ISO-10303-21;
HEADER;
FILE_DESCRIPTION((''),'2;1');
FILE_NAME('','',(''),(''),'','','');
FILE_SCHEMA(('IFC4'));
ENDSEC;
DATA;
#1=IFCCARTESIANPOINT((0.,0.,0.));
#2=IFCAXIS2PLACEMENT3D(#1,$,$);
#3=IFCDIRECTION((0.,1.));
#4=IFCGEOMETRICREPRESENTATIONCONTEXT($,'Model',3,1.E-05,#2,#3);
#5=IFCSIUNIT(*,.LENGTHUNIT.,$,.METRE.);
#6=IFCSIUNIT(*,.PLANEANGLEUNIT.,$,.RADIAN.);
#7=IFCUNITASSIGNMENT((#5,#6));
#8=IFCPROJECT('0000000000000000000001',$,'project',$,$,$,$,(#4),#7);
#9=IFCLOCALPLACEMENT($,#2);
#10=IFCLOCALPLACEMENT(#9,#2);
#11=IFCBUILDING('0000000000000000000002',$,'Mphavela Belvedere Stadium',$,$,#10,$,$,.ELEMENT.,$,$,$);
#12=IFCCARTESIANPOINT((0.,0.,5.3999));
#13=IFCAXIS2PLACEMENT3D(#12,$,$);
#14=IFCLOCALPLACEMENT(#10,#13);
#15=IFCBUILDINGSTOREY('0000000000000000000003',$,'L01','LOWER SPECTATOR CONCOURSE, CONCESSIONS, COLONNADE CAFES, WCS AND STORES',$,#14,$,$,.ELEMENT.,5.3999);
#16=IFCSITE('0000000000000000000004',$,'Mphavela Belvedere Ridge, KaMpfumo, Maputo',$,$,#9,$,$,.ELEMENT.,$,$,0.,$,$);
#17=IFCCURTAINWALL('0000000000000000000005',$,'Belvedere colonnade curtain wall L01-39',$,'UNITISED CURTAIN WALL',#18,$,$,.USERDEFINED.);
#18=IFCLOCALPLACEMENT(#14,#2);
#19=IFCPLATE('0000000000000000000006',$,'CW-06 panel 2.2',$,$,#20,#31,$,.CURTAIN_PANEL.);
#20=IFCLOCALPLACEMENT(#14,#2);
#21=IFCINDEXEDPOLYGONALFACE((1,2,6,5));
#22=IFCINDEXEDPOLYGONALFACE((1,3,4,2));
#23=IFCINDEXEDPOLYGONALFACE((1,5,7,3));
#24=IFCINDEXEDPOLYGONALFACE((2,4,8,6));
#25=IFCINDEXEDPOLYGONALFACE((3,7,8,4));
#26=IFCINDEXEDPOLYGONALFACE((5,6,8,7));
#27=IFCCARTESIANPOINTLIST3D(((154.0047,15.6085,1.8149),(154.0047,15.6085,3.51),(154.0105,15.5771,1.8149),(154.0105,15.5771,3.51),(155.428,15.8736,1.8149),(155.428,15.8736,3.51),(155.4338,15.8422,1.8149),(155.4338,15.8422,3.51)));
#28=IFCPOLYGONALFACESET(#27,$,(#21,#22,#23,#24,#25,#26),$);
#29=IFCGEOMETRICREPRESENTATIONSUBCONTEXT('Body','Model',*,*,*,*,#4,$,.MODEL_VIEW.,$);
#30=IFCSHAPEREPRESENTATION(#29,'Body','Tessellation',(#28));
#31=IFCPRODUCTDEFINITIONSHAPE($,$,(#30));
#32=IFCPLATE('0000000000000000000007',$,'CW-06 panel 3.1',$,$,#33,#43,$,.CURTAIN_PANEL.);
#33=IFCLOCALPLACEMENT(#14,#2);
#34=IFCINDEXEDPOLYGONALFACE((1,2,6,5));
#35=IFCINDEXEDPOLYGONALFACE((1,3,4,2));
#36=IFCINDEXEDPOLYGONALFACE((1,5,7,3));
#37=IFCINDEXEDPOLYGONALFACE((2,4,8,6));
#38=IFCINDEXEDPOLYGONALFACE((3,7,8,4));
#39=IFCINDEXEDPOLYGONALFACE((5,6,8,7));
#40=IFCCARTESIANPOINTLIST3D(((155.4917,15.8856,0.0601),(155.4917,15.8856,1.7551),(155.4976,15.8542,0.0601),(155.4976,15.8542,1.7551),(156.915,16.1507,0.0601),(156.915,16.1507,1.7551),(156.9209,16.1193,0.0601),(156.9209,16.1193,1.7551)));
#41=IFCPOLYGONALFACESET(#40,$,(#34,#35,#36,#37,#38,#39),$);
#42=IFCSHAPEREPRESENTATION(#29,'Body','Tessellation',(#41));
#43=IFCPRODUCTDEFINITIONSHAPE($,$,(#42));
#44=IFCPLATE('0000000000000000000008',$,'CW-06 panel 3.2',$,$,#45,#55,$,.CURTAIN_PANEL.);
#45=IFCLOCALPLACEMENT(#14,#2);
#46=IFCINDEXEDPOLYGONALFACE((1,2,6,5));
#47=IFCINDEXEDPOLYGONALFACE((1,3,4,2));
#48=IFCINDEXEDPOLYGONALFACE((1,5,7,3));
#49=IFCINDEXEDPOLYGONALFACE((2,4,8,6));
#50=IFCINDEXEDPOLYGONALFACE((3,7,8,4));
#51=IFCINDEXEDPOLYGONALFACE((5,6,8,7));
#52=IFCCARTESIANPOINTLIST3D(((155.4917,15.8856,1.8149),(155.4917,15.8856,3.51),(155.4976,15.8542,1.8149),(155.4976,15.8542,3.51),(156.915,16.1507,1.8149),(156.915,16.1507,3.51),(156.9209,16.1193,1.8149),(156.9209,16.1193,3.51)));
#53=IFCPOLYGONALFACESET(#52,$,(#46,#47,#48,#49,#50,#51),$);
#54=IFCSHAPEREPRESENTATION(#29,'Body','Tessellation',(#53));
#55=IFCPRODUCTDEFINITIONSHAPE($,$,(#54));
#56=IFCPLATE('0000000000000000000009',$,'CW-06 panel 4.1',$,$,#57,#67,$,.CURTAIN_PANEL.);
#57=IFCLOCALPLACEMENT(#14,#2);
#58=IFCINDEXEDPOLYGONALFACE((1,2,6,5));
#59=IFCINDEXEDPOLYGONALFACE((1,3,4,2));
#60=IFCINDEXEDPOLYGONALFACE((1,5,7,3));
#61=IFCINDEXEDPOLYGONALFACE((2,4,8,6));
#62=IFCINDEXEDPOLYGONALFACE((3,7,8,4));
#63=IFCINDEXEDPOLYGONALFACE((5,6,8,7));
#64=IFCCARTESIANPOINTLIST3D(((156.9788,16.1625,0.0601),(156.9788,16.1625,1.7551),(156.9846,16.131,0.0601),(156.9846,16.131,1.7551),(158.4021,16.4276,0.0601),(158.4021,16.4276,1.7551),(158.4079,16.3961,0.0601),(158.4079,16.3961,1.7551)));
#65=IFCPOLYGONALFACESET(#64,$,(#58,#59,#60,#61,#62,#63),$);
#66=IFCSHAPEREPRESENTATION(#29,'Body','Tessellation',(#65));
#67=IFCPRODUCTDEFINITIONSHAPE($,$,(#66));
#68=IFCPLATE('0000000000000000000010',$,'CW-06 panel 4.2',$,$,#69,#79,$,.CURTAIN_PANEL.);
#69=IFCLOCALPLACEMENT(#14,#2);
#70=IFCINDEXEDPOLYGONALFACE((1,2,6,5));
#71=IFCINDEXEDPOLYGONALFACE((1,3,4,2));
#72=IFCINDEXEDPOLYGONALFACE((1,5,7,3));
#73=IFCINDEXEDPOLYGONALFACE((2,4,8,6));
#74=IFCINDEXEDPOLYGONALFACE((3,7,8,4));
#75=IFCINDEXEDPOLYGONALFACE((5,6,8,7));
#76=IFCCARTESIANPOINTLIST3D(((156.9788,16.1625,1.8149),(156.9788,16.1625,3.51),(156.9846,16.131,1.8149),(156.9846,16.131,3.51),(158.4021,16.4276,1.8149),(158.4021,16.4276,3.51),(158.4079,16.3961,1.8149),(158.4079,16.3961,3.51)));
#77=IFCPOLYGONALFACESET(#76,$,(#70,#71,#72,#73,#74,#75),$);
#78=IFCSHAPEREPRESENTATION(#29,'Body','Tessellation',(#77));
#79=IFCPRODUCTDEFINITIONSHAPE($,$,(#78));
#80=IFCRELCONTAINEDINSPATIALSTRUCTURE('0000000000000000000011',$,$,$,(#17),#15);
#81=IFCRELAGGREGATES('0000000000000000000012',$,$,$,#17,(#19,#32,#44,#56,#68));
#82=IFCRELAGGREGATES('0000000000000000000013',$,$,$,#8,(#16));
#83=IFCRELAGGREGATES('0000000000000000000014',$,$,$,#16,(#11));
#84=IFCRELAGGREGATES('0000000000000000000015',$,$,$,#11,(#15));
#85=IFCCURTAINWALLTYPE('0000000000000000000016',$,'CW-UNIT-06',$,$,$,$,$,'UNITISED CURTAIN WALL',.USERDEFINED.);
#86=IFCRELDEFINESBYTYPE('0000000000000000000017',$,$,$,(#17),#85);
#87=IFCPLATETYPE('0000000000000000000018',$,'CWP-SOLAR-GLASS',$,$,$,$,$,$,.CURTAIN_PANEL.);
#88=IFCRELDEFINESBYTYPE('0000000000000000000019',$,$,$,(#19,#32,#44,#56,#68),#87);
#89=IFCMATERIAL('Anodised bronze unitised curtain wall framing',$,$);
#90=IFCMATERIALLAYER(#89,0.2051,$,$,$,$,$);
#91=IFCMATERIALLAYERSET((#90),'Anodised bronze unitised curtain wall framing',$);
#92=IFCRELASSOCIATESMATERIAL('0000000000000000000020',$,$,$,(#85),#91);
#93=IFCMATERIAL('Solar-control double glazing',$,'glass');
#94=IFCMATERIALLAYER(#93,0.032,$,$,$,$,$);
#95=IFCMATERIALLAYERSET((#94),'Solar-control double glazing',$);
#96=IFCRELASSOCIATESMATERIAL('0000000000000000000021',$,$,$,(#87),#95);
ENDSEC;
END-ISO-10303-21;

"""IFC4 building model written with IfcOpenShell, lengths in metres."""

from ifc_helpers import new_model, si_unit, direction, frame, origin, origin_2d, place, context, subcontext, project, spatial, rectangle, extrude, material, layer, layer_set, type_object, element, aggregate, save


model = new_model("IFC4")

# Units and contexts
model_context = context("Model", 3, precision=1e-05, world=origin(), true_north=direction((0.0, 1.0)))
body_context = subcontext(model_context, "Body", "Model", "MODEL_VIEW")
ifc_project = project(units=[si_unit("LENGTHUNIT", "METRE"), si_unit("PLANEANGLEUNIT", "RADIAN")], contexts=[model_context])

# Site, building, storey
site_placement = place(None, origin())
site = spatial("IfcSite", under=ifc_project, at=site_placement, Name="Mphavela Belvedere Ridge, KaMpfumo, Maputo", CompositionType="ELEMENT", RefElevation=0.0)
building_placement = place(site_placement, origin())
building = spatial("IfcBuilding", under=site, at=building_placement, Name="Mphavela Belvedere Stadium", CompositionType="ELEMENT")
storey_placement = place(building_placement, frame((0.0, 0.0, 5.3999)))
storey = spatial("IfcBuildingStorey", under=building, at=storey_placement, Name="L01", Description="LOWER SPECTATOR CONCOURSE, CONCESSIONS, COLONNADE CAFES, WCS AND STORES", CompositionType="ELEMENT", Elevation=5.3999)

# Curtain wall
ifc_material_1 = material(Name="Anodised bronze unitised curtain wall framing")
ifc_layer_1 = layer(ifc_material_1, 0.2051)
ifc_layer_set_1 = layer_set([ifc_layer_1], Name="Anodised bronze unitised curtain wall framing")
curtain_wall_type_1 = type_object("IfcCurtainWallType", Name="CW-UNIT-06", ElementType="UNITISED CURTAIN WALL", PredefinedType="USERDEFINED", material=ifc_layer_set_1)
curtain_wall_1_placement = place(storey_placement, origin())
curtain_wall_1 = element("IfcCurtainWall", 1, at=curtain_wall_1_placement, inside=storey, type_object=curtain_wall_type_1, Name="Belvedere colonnade curtain wall L01-39", ObjectType="UNITISED CURTAIN WALL", PredefinedType="USERDEFINED")

# Plates
ifc_material_2 = material(Name="Solar-control double glazing", Category="glass")
ifc_layer_2 = layer(ifc_material_2, 0.032)
ifc_layer_set_2 = layer_set([ifc_layer_2], Name="Solar-control double glazing")
plate_type = type_object("IfcPlateType", Name="CWP-SOLAR-GLASS", PredefinedType="CURTAIN_PANEL", material=ifc_layer_set_2)
plate_1_placement = place(storey_placement, frame((154.7192, 15.7253, 1.8149), z_axis=(0.0, 0.0, 1.0), x_axis=(0.983095, 0.183095, 0.0)))
plate_1 = element("IfcPlate", 2, at=plate_1_placement, type_object=plate_type, Name="CW-06 panel 2.2", PredefinedType="CURTAIN_PANEL", context=body_context, shape_type="SweptSolid", body=[
    extrude(rectangle(XDim=1.4478, YDim=0.032, at=origin_2d()), origin(), (0.0, 0.0, 1.0), 1.6951),
])
plate_2_placement = place(storey_placement, frame((156.2063, 16.0024, 0.0601), z_axis=(0.0, 0.0, 1.0), x_axis=(0.983095, 0.183095, 0.0)))
plate_2 = element("IfcPlate", 3, at=plate_2_placement, type_object=plate_type, Name="CW-06 panel 3.1", PredefinedType="CURTAIN_PANEL", context=body_context, shape_type="SweptSolid", body=[
    extrude(rectangle(XDim=1.4478, YDim=0.032, at=origin_2d()), origin(), (0.0, 0.0, 1.0), 1.6951),
])
plate_3_placement = place(storey_placement, frame((156.2063, 16.0024, 1.8149), z_axis=(0.0, 0.0, 1.0), x_axis=(0.983095, 0.183095, 0.0)))
plate_3 = element("IfcPlate", 4, at=plate_3_placement, type_object=plate_type, Name="CW-06 panel 3.2", PredefinedType="CURTAIN_PANEL", context=body_context, shape_type="SweptSolid", body=[
    extrude(rectangle(XDim=1.4478, YDim=0.032, at=origin_2d()), origin(), (0.0, 0.0, 1.0), 1.6951),
])
plate_4_placement = place(storey_placement, frame((157.6934, 16.2793, 0.0601), z_axis=(0.0, 0.0, 1.0), x_axis=(0.983095, 0.183095, 0.0)))
plate_4 = element("IfcPlate", 5, at=plate_4_placement, type_object=plate_type, Name="CW-06 panel 4.1", PredefinedType="CURTAIN_PANEL", context=body_context, shape_type="SweptSolid", body=[
    extrude(rectangle(XDim=1.4478, YDim=0.032, at=origin_2d()), origin(), (0.0, 0.0, 1.0), 1.6951),
])
plate_5_placement = place(storey_placement, frame((157.6934, 16.2793, 1.8149), z_axis=(0.0, 0.0, 1.0), x_axis=(0.983095, 0.183095, 0.0)))
plate_5 = element("IfcPlate", 6, at=plate_5_placement, type_object=plate_type, Name="CW-06 panel 4.2", PredefinedType="CURTAIN_PANEL", context=body_context, shape_type="SweptSolid", body=[
    extrude(rectangle(XDim=1.4478, YDim=0.032, at=origin_2d()), origin(), (0.0, 0.0, 1.0), 1.6951),
])
aggregate(curtain_wall_1, [plate_1, plate_2, plate_3, plate_4, plate_5])

save(model, "model.ifc")
